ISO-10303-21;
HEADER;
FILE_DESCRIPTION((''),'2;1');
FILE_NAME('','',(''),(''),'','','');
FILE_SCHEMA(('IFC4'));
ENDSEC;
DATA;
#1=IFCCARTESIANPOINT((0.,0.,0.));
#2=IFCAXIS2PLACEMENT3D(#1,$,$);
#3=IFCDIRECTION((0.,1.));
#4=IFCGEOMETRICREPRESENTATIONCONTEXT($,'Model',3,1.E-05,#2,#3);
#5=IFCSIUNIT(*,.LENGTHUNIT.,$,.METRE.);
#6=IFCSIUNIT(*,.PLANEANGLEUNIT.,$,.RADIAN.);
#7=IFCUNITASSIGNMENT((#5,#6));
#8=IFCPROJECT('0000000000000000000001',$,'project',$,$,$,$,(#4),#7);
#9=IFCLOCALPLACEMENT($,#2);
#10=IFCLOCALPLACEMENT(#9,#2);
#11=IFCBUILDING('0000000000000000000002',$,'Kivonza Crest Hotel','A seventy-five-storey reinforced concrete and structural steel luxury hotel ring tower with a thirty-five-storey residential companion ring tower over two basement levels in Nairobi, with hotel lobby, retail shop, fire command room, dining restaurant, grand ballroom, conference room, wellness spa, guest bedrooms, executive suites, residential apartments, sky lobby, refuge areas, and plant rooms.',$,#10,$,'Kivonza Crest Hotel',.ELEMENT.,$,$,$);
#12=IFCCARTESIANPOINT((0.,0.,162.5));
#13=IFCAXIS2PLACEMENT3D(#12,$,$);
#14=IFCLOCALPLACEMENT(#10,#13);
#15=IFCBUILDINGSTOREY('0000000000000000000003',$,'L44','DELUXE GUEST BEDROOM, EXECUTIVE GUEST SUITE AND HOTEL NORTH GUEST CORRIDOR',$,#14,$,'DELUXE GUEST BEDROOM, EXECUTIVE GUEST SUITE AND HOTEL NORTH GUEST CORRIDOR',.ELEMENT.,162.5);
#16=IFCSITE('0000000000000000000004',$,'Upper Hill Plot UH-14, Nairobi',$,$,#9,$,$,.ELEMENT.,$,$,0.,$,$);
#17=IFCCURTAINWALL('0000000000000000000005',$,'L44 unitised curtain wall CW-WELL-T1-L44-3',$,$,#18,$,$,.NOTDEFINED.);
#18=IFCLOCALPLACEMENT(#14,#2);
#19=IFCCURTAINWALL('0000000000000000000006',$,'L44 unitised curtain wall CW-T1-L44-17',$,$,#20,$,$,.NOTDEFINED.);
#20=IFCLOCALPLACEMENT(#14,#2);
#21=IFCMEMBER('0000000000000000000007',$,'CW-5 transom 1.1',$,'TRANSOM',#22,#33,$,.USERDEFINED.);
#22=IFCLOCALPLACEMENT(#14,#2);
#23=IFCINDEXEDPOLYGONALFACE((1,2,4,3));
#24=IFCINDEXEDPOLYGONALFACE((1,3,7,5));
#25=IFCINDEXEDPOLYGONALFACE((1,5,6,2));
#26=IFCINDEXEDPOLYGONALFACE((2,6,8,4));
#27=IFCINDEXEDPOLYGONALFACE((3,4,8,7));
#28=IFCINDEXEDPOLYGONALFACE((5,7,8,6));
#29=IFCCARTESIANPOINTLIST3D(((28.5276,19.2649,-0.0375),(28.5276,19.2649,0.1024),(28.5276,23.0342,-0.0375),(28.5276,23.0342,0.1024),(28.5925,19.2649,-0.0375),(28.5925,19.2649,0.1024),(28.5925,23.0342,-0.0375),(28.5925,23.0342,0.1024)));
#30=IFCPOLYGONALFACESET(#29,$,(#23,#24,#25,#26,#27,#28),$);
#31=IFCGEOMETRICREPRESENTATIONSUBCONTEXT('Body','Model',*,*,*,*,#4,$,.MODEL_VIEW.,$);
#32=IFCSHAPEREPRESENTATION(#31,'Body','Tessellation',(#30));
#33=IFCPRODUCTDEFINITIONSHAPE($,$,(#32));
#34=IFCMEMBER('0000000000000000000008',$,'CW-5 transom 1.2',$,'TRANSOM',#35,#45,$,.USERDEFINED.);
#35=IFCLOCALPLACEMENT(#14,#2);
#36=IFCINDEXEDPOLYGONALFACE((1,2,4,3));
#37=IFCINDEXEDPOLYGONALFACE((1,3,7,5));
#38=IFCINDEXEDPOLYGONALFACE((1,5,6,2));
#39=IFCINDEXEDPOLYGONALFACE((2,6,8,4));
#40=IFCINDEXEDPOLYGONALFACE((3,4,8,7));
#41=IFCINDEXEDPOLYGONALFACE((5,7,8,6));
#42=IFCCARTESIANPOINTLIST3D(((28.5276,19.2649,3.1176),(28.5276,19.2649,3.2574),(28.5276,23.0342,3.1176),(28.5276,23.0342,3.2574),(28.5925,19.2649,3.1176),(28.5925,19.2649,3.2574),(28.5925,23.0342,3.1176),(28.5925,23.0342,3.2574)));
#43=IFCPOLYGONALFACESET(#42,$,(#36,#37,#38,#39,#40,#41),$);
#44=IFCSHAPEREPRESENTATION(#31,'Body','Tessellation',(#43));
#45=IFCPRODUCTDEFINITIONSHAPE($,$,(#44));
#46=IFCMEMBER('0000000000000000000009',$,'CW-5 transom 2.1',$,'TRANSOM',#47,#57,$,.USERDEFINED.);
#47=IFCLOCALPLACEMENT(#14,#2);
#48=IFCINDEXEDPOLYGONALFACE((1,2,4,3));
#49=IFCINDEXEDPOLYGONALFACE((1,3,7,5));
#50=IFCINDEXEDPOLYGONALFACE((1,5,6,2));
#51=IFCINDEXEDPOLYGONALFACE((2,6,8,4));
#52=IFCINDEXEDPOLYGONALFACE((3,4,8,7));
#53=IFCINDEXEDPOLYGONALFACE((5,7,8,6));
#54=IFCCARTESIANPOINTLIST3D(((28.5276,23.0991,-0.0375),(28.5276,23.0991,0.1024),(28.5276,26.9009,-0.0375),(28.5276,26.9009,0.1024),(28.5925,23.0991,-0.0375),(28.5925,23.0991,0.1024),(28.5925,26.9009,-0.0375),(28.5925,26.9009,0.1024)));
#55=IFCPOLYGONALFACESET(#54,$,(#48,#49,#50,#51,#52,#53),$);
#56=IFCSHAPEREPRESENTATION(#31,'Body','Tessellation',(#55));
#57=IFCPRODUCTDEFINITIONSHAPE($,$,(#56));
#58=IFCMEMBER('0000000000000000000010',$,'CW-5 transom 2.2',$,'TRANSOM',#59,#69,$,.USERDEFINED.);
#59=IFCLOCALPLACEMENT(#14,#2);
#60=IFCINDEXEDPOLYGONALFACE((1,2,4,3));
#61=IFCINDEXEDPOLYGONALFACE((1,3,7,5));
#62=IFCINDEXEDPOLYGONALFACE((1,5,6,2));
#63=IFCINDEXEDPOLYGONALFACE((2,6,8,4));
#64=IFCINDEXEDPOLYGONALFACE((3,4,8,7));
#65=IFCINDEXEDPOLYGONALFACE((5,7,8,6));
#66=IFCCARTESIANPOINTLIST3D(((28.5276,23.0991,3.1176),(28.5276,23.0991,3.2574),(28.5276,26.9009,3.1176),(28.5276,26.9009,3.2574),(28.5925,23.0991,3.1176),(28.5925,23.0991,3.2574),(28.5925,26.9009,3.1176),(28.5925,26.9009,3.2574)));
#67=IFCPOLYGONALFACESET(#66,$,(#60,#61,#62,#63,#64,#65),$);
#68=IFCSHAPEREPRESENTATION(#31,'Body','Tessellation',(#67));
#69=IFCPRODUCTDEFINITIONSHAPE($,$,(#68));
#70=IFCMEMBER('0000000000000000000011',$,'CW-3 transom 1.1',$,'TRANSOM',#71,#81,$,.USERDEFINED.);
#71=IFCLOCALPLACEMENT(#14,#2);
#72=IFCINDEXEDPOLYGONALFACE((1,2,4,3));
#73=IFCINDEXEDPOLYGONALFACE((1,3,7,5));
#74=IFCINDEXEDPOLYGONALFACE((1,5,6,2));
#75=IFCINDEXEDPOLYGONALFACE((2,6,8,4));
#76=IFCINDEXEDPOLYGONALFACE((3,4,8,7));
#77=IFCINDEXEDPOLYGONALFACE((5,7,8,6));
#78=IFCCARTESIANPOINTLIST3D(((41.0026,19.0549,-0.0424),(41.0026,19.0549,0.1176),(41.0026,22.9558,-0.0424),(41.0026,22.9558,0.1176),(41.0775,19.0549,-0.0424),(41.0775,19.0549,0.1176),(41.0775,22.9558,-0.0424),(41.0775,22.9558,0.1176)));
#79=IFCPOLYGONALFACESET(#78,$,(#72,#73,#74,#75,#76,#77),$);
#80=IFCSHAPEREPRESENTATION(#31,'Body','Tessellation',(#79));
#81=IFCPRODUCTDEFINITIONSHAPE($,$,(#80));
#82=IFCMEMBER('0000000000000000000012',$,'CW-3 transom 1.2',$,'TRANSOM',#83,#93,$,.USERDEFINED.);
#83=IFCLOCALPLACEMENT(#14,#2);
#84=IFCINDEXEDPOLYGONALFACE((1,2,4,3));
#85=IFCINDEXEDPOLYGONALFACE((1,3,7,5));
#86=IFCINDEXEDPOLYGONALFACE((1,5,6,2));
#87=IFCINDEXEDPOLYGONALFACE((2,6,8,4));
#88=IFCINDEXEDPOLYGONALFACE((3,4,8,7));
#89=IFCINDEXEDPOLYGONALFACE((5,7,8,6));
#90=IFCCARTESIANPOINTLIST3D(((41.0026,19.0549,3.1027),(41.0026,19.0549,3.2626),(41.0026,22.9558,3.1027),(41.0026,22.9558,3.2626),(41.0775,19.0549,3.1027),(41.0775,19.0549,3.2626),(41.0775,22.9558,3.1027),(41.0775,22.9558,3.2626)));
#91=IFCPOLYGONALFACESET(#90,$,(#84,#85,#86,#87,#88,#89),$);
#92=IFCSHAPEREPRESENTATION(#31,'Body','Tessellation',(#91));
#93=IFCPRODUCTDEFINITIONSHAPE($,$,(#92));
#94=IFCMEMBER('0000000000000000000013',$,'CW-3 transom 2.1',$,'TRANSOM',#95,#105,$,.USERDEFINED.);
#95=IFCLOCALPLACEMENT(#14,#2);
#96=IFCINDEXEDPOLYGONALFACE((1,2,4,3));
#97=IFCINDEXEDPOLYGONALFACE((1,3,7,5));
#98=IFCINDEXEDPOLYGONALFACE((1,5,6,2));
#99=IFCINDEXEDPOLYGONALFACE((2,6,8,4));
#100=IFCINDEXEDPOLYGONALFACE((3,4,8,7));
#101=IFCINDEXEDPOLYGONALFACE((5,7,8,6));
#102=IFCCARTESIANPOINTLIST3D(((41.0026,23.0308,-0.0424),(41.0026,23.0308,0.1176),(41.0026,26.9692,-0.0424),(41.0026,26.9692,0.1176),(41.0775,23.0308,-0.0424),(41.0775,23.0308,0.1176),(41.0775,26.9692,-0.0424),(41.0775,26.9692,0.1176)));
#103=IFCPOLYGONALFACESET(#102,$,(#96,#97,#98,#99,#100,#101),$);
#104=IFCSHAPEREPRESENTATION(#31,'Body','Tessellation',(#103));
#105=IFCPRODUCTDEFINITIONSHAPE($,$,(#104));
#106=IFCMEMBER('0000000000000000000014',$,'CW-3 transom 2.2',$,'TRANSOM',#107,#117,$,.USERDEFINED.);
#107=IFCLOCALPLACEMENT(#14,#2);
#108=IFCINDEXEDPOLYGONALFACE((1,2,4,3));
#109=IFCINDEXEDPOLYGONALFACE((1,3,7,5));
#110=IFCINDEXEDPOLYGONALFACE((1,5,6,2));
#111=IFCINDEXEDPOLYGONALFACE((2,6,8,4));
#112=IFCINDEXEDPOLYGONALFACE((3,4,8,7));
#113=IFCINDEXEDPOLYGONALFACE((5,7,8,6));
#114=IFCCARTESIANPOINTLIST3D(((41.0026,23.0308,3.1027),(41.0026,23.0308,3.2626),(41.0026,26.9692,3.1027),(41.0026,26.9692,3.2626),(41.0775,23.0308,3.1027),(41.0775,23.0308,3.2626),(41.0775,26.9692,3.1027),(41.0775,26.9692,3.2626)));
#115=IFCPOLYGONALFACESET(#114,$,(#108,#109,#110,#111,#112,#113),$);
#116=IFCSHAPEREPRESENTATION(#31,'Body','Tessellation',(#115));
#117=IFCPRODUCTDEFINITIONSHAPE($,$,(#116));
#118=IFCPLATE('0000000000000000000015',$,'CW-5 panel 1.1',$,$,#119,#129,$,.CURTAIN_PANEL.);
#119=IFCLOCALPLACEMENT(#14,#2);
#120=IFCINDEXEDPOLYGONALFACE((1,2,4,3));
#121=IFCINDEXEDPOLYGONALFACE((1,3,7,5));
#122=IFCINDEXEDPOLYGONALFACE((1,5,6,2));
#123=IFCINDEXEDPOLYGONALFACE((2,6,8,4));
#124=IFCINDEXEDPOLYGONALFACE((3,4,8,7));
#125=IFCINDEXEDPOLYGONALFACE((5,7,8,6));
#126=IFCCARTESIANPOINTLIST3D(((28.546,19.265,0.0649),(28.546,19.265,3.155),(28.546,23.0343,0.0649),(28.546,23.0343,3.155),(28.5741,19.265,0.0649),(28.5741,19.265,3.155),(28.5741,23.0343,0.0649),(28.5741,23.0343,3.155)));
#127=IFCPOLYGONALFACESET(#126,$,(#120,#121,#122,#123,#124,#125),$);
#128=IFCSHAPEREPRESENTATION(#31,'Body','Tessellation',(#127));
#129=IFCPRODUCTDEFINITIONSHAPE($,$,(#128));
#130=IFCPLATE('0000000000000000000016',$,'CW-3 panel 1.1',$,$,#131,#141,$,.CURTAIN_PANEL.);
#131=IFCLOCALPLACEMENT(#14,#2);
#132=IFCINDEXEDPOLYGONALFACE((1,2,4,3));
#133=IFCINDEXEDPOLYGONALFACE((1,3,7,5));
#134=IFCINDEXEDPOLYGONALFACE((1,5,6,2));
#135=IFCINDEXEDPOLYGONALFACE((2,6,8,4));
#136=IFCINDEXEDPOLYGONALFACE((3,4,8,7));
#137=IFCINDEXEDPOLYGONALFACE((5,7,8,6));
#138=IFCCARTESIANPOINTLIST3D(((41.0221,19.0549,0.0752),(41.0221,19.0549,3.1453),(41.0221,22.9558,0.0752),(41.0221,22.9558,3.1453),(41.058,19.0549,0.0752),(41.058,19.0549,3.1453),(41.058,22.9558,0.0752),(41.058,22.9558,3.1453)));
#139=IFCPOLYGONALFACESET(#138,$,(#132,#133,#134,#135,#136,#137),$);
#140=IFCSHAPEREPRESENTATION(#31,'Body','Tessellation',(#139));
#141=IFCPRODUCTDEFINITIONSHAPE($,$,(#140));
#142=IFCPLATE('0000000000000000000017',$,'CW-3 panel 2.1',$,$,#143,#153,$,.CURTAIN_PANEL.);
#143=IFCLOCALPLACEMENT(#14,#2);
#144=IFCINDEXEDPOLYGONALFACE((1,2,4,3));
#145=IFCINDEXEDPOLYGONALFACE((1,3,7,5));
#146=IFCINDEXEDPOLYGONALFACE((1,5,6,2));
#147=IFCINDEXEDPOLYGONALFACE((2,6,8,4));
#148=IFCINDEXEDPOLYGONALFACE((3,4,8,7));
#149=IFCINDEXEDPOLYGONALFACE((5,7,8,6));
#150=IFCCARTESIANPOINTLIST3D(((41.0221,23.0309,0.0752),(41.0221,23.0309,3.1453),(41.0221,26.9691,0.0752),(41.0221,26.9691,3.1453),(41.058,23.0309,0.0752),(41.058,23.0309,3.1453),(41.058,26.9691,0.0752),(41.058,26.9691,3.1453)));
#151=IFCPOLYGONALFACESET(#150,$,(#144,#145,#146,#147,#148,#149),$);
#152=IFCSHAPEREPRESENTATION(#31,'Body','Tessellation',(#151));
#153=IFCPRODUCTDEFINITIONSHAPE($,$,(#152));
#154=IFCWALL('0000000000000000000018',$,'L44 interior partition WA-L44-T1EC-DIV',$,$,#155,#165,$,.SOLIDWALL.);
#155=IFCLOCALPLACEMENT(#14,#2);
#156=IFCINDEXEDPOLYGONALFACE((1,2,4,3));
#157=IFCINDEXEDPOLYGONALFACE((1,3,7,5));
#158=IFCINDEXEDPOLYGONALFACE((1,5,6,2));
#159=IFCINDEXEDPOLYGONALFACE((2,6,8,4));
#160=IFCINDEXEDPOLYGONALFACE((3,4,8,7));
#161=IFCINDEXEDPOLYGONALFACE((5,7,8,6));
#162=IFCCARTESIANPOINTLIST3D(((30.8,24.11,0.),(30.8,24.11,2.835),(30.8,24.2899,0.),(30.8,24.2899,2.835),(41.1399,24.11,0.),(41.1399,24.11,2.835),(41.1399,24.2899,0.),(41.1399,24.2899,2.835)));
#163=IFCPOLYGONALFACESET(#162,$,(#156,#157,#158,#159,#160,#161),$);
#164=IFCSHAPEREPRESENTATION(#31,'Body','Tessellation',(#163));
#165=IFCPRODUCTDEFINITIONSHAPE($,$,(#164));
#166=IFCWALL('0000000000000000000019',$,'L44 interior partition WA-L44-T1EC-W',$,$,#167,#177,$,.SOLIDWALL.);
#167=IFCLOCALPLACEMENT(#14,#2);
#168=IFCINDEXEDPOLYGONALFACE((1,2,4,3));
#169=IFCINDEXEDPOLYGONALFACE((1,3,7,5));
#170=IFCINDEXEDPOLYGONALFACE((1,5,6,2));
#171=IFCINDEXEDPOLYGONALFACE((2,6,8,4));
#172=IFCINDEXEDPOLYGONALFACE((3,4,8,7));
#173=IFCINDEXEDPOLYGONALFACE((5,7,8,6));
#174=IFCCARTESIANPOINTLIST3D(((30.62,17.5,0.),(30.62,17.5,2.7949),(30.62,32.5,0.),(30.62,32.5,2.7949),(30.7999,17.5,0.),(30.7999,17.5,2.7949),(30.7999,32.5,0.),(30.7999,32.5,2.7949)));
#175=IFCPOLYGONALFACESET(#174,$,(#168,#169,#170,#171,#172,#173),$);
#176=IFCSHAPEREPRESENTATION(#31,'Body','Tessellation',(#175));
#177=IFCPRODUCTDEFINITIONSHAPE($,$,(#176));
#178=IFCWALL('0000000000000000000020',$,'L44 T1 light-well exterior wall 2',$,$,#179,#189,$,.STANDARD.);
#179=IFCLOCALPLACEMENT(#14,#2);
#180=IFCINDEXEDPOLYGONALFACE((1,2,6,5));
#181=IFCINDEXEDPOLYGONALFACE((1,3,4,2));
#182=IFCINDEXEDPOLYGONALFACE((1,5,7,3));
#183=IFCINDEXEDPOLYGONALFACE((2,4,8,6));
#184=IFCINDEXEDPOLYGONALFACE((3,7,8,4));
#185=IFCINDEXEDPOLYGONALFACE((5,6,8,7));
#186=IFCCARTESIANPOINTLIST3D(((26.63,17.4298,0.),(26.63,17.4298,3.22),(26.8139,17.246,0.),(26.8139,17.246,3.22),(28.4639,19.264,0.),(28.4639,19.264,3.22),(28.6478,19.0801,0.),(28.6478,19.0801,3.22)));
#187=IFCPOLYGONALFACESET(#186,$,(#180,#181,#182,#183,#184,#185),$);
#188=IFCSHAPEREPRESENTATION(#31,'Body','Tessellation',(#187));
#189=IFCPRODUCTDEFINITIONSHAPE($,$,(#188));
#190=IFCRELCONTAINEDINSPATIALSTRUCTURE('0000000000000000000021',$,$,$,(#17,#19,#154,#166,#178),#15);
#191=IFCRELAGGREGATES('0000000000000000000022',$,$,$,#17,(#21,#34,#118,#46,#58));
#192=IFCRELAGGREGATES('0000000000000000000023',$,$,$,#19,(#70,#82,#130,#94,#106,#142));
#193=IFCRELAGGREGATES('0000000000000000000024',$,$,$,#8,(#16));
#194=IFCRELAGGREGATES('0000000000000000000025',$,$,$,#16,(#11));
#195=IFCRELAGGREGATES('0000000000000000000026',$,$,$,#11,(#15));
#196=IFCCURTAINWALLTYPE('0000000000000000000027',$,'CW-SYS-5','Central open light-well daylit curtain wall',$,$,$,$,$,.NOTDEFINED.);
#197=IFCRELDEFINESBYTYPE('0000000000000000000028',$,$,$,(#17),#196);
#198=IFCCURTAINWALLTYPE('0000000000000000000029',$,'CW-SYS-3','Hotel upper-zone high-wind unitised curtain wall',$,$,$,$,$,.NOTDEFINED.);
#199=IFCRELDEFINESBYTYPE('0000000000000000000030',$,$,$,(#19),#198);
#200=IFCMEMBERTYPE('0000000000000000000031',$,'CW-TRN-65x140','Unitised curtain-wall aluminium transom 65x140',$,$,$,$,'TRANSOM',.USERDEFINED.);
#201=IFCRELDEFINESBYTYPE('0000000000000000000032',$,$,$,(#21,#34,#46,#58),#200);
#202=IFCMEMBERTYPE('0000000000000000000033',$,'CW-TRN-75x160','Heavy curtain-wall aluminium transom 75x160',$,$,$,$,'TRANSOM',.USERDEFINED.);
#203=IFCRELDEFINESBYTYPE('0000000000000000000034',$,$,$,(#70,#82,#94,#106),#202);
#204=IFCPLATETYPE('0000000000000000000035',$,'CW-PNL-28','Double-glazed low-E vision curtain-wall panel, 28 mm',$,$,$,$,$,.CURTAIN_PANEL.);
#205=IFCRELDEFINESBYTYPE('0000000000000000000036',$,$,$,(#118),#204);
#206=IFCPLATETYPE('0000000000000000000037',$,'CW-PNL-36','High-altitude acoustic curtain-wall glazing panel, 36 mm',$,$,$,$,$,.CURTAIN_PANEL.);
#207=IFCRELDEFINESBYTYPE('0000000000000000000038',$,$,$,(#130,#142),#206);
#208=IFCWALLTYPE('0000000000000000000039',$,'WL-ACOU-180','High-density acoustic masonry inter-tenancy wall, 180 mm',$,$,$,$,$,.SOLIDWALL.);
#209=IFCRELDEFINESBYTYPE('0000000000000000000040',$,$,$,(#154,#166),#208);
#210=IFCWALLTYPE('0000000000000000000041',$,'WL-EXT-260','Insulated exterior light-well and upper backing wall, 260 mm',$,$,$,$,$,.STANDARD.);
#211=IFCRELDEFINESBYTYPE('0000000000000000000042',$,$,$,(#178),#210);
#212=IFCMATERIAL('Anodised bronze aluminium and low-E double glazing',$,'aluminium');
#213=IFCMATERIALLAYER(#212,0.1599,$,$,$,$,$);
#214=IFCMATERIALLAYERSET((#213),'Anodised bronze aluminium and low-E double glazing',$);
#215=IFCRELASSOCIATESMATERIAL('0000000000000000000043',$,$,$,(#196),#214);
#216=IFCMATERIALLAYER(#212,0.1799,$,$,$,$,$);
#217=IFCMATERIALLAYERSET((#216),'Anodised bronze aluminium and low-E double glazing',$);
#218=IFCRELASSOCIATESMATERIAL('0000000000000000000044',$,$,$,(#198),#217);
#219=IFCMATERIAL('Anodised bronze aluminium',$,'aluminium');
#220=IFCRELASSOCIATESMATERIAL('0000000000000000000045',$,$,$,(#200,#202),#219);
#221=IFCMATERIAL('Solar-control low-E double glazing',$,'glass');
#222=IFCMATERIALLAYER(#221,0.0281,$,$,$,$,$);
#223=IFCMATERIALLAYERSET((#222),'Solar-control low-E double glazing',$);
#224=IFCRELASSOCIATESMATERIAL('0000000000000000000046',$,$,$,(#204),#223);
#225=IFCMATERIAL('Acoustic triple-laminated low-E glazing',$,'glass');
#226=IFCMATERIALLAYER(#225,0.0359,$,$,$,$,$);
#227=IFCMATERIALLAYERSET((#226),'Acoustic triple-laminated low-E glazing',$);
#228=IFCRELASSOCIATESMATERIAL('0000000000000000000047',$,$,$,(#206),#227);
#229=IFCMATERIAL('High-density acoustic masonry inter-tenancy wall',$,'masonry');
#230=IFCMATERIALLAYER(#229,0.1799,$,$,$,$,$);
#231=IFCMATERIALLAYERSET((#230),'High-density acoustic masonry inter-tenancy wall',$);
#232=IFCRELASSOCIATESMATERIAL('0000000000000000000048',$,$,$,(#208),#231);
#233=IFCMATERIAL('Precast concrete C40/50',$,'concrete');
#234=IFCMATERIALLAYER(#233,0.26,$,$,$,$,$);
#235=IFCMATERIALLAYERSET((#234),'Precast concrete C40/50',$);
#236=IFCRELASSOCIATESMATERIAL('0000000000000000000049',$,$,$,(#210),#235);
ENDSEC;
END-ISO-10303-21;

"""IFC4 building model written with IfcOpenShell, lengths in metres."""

from ifc_helpers import new_model, si_unit, direction, frame, frame_2d, origin, origin_2d, place, context, subcontext, project, spatial, rectangle, extrude, material, layer, layer_set, material_profile, profile_set, type_object, element, aggregate, save


model = new_model("IFC4")

# Units and contexts
model_context = context("Model", 3, precision=1e-05, world=origin(), true_north=direction((0.0, 1.0)))
body_context = subcontext(model_context, "Body", "Model", "MODEL_VIEW")
ifc_project = project(units=[si_unit("LENGTHUNIT", "METRE"), si_unit("PLANEANGLEUNIT", "RADIAN")], contexts=[model_context])

# Site, building, storey
site_placement = place(None, origin())
site = spatial("IfcSite", under=ifc_project, at=site_placement, Name="Upper Hill Plot UH-14, Nairobi", CompositionType="ELEMENT", RefElevation=0.0)
building_placement = place(site_placement, origin())
building = spatial("IfcBuilding", under=site, at=building_placement, Name="Kivonza Crest Hotel", Description="A seventy-five-storey reinforced concrete and structural steel luxury hotel ring tower with a thirty-five-storey residential companion ring tower over two basement levels in Nairobi, with hotel lobby, retail shop, fire command room, dining restaurant, grand ballroom, conference room, wellness spa, guest bedrooms, executive suites, residential apartments, sky lobby, refuge areas, and plant rooms.", LongName="Kivonza Crest Hotel", CompositionType="ELEMENT")
storey_placement = place(building_placement, frame((0.0, 0.0, 162.5)))
storey = spatial("IfcBuildingStorey", under=building, at=storey_placement, Name="L44", Description="DELUXE GUEST BEDROOM, EXECUTIVE GUEST SUITE AND HOTEL NORTH GUEST CORRIDOR", LongName="DELUXE GUEST BEDROOM, EXECUTIVE GUEST SUITE AND HOTEL NORTH GUEST CORRIDOR", CompositionType="ELEMENT", Elevation=162.5)

# Curtain walls
ifc_material_1 = material(Name="Anodised bronze aluminium and low-E double glazing", Category="aluminium")
ifc_layer_1 = layer(ifc_material_1, 0.1599)
ifc_layer_set_1 = layer_set([ifc_layer_1], Name="Anodised bronze aluminium and low-E double glazing")
curtain_wall_type_1 = type_object("IfcCurtainWallType", Name="CW-SYS-5", Description="Central open light-well daylit curtain wall", PredefinedType="NOTDEFINED", material=ifc_layer_set_1)
curtain_wall_1_placement = place(storey_placement, origin())
curtain_wall_1 = element("IfcCurtainWall", 1, at=curtain_wall_1_placement, inside=storey, type_object=curtain_wall_type_1, Name="L44 unitised curtain wall CW-WELL-T1-L44-3", PredefinedType="NOTDEFINED")
ifc_material_2 = material(Name="Anodised bronze aluminium", Category="aluminium")
ifc_layer_2 = layer(ifc_material_1, 0.1799)
ifc_layer_set_2 = layer_set([ifc_layer_2], Name="Anodised bronze aluminium and low-E double glazing")
curtain_wall_type_2 = type_object("IfcCurtainWallType", Name="CW-SYS-3", Description="Hotel upper-zone high-wind unitised curtain wall", PredefinedType="NOTDEFINED", material=ifc_layer_set_2)
curtain_wall_2_placement = place(storey_placement, origin())
curtain_wall_2 = element("IfcCurtainWall", 2, at=curtain_wall_2_placement, inside=storey, type_object=curtain_wall_type_2, Name="L44 unitised curtain wall CW-T1-L44-17", PredefinedType="NOTDEFINED")

# Members
ifc_material_profile_1 = material_profile(ifc_material_2, rectangle(XDim=0.0649, YDim=0.1399, at=origin_2d()), Name="CW-T 65x140")
ifc_profile_set_1 = profile_set([ifc_material_profile_1], Name="Anodised bronze aluminium")
member_type_1 = type_object("IfcMemberType", Name="CW-TRN-65x140", Description="Unitised curtain-wall aluminium transom 65x140", ElementType="TRANSOM", PredefinedType="USERDEFINED", material=ifc_profile_set_1)
member_1_placement = place(storey_placement, frame((28.5601, 19.2649, 0.0325), z_axis=(0.0, 1.0, 0.0), x_axis=(-1.0, 0.0, 0.0)))
member_1 = element("IfcMember", 3, at=member_1_placement, type_object=member_type_1, Name="CW-5 transom 1.1", ObjectType="TRANSOM", PredefinedType="USERDEFINED", context=body_context, shape_type="SweptSolid", body=[
    extrude(rectangle(XDim=0.0649, YDim=0.1399, at=origin_2d()), origin(), (0.0, 0.0, 1.0), 3.7693),
])
member_2_placement = place(storey_placement, frame((28.5601, 19.2649, 3.1875), z_axis=(0.0, 1.0, 0.0), x_axis=(-1.0, 0.0, 0.0)))
member_2 = element("IfcMember", 4, at=member_2_placement, type_object=member_type_1, Name="CW-5 transom 1.2", ObjectType="TRANSOM", PredefinedType="USERDEFINED", context=body_context, shape_type="SweptSolid", body=[
    extrude(rectangle(XDim=0.0649, YDim=0.1399, at=origin_2d()), origin(), (0.0, 0.0, 1.0), 3.7693),
])
member_3_placement = place(storey_placement, frame((28.5601, 23.0991, 0.0325), z_axis=(0.0, 1.0, 0.0), x_axis=(-1.0, 0.0, 0.0)))
member_3 = element("IfcMember", 5, at=member_3_placement, type_object=member_type_1, Name="CW-5 transom 2.1", ObjectType="TRANSOM", PredefinedType="USERDEFINED", context=body_context, shape_type="SweptSolid", body=[
    extrude(rectangle(XDim=0.0649, YDim=0.1399, at=origin_2d()), origin(), (0.0, 0.0, 1.0), 3.8018),
])
member_4_placement = place(storey_placement, frame((28.5601, 23.0991, 3.1875), z_axis=(0.0, 1.0, 0.0), x_axis=(-1.0, 0.0, 0.0)))
member_4 = element("IfcMember", 6, at=member_4_placement, type_object=member_type_1, Name="CW-5 transom 2.2", ObjectType="TRANSOM", PredefinedType="USERDEFINED", context=body_context, shape_type="SweptSolid", body=[
    extrude(rectangle(XDim=0.0649, YDim=0.1399, at=origin_2d()), origin(), (0.0, 0.0, 1.0), 3.8018),
])
ifc_material_profile_2 = material_profile(ifc_material_2, rectangle(XDim=0.075, YDim=0.1599, at=origin_2d()), Name="CW-T 75x160")
ifc_profile_set_2 = profile_set([ifc_material_profile_2], Name="Anodised bronze aluminium")
member_type_2 = type_object("IfcMemberType", Name="CW-TRN-75x160", Description="Heavy curtain-wall aluminium transom 75x160", ElementType="TRANSOM", PredefinedType="USERDEFINED", material=ifc_profile_set_2)
member_5_placement = place(storey_placement, frame((41.04, 19.0549, 0.0376), z_axis=(0.0, 1.0, 0.0), x_axis=(-1.0, 0.0, 0.0)))
member_5 = element("IfcMember", 7, at=member_5_placement, type_object=member_type_2, Name="CW-3 transom 1.1", ObjectType="TRANSOM", PredefinedType="USERDEFINED", context=body_context, shape_type="SweptSolid", body=[
    extrude(rectangle(XDim=0.075, YDim=0.1599, at=origin_2d()), origin(), (0.0, 0.0, 1.0), 3.9009),
])
member_6_placement = place(storey_placement, frame((41.04, 19.0549, 3.1826), z_axis=(0.0, 1.0, 0.0), x_axis=(-1.0, 0.0, 0.0)))
member_6 = element("IfcMember", 8, at=member_6_placement, type_object=member_type_2, Name="CW-3 transom 1.2", ObjectType="TRANSOM", PredefinedType="USERDEFINED", context=body_context, shape_type="SweptSolid", body=[
    extrude(rectangle(XDim=0.075, YDim=0.1599, at=origin_2d()), origin(), (0.0, 0.0, 1.0), 3.9009),
])
member_7_placement = place(storey_placement, frame((41.04, 23.0308, 0.0376), z_axis=(0.0, 1.0, 0.0), x_axis=(-1.0, 0.0, 0.0)))
member_7 = element("IfcMember", 9, at=member_7_placement, type_object=member_type_2, Name="CW-3 transom 2.1", ObjectType="TRANSOM", PredefinedType="USERDEFINED", context=body_context, shape_type="SweptSolid", body=[
    extrude(rectangle(XDim=0.075, YDim=0.1599, at=origin_2d()), origin(), (0.0, 0.0, 1.0), 3.9385),
])
member_8_placement = place(storey_placement, frame((41.04, 23.0308, 3.1826), z_axis=(0.0, 1.0, 0.0), x_axis=(-1.0, 0.0, 0.0)))
member_8 = element("IfcMember", 10, at=member_8_placement, type_object=member_type_2, Name="CW-3 transom 2.2", ObjectType="TRANSOM", PredefinedType="USERDEFINED", context=body_context, shape_type="SweptSolid", body=[
    extrude(rectangle(XDim=0.075, YDim=0.1599, at=origin_2d()), origin(), (0.0, 0.0, 1.0), 3.9385),
])

# Plates
ifc_material_3 = material(Name="Solar-control low-E double glazing", Category="glass")
ifc_layer_3 = layer(ifc_material_3, 0.0281)
ifc_layer_set_3 = layer_set([ifc_layer_3], Name="Solar-control low-E double glazing")
plate_type_1 = type_object("IfcPlateType", Name="CW-PNL-28", Description="Double-glazed low-E vision curtain-wall panel, 28 mm", PredefinedType="CURTAIN_PANEL", material=ifc_layer_set_3)
plate_1_placement = place(storey_placement, frame((28.5601, 21.1497, 0.0649), z_axis=(0.0, 0.0, 1.0), x_axis=(0.0, 1.0, 0.0)))
plate_1 = element("IfcPlate", 11, at=plate_1_placement, type_object=plate_type_1, Name="CW-5 panel 1.1", PredefinedType="CURTAIN_PANEL", context=body_context, shape_type="SweptSolid", body=[
    extrude(rectangle(XDim=3.7693, YDim=0.0281, at=origin_2d()), origin(), (0.0, 0.0, 1.0), 3.0901),
])
aggregate(curtain_wall_1, [member_1, member_2, plate_1, member_3, member_4])
ifc_material_4 = material(Name="Acoustic triple-laminated low-E glazing", Category="glass")
ifc_layer_4 = layer(ifc_material_4, 0.0359)
ifc_layer_set_4 = layer_set([ifc_layer_4], Name="Acoustic triple-laminated low-E glazing")
plate_type_2 = type_object("IfcPlateType", Name="CW-PNL-36", Description="High-altitude acoustic curtain-wall glazing panel, 36 mm", PredefinedType="CURTAIN_PANEL", material=ifc_layer_set_4)
plate_2_placement = place(storey_placement, frame((41.04, 21.0054, 0.0752), z_axis=(0.0, 0.0, 1.0), x_axis=(0.0, 1.0, 0.0)))
plate_2 = element("IfcPlate", 12, at=plate_2_placement, type_object=plate_type_2, Name="CW-3 panel 1.1", PredefinedType="CURTAIN_PANEL", context=body_context, shape_type="SweptSolid", body=[
    extrude(rectangle(XDim=3.9009, YDim=0.0359, at=origin_2d()), origin(), (0.0, 0.0, 1.0), 3.0701),
])
plate_3_placement = place(storey_placement, frame((41.04, 25.0, 0.0752), z_axis=(0.0, 0.0, 1.0), x_axis=(0.0, 1.0, 0.0)))
plate_3 = element("IfcPlate", 13, at=plate_3_placement, type_object=plate_type_2, Name="CW-3 panel 2.1", PredefinedType="CURTAIN_PANEL", context=body_context, shape_type="SweptSolid", body=[
    extrude(rectangle(XDim=3.9382, YDim=0.0359, at=origin_2d()), origin(), (0.0, 0.0, 1.0), 3.0701),
])
aggregate(curtain_wall_2, [member_5, member_6, plate_2, member_7, member_8, plate_3])

# Walls
ifc_material_5 = material(Name="High-density acoustic masonry inter-tenancy wall", Category="masonry")
ifc_layer_5 = layer(ifc_material_5, 0.1799)
ifc_layer_set_5 = layer_set([ifc_layer_5], Name="High-density acoustic masonry inter-tenancy wall")
wall_type_1 = type_object("IfcWallType", Name="WL-ACOU-180", Description="High-density acoustic masonry inter-tenancy wall, 180 mm", PredefinedType="SOLIDWALL", material=ifc_layer_set_5)
wall_1_placement = place(storey_placement, frame((30.8, 24.2, 0.0), z_axis=(0.0, 0.0, 1.0), x_axis=(1.0, 0.0, 0.0)))
element("IfcWall", 14, at=wall_1_placement, inside=storey, type_object=wall_type_1, Name="L44 interior partition WA-L44-T1EC-DIV", PredefinedType="SOLIDWALL", context=body_context, shape_type="SweptSolid", body=[
    extrude(rectangle(XDim=10.3398, YDim=0.1799, at=frame_2d((5.1699, 0.0))), origin(), (0.0, 0.0, 1.0), 2.835),
])
wall_2_placement = place(storey_placement, frame((30.71, 17.5, 0.0), z_axis=(0.0, 0.0, 1.0), x_axis=(0.0, 1.0, 0.0)))
element("IfcWall", 15, at=wall_2_placement, inside=storey, type_object=wall_type_1, Name="L44 interior partition WA-L44-T1EC-W", PredefinedType="SOLIDWALL", context=body_context, shape_type="SweptSolid", body=[
    extrude(rectangle(XDim=15.0, YDim=0.1799, at=frame_2d((7.5, 0.0))), origin(), (0.0, 0.0, 1.0), 2.7949),
])
ifc_material_6 = material(Name="Precast concrete C40/50", Category="concrete")
ifc_layer_6 = layer(ifc_material_6, 0.26)
ifc_layer_set_6 = layer_set([ifc_layer_6], Name="Precast concrete C40/50")
wall_type_2 = type_object("IfcWallType", Name="WL-EXT-260", Description="Insulated exterior light-well and upper backing wall, 260 mm", PredefinedType="STANDARD", material=ifc_layer_set_6)
wall_3_placement = place(storey_placement, frame((26.7219, 17.3379, 0.0), z_axis=(0.0, 0.0, 1.0), x_axis=(0.70706, 0.707154, 0.0)))
element("IfcWall", 16, at=wall_3_placement, inside=storey, type_object=wall_type_2, Name="L44 T1 light-well exterior wall 2", PredefinedType="STANDARD", context=body_context, shape_type="SweptSolid", body=[
    extrude(rectangle(XDim=2.5938, YDim=0.26, at=frame_2d((1.2969, 0.0))), origin(), (0.0, 0.0, 1.0), 3.22),
])

save(model, "model.ifc")
